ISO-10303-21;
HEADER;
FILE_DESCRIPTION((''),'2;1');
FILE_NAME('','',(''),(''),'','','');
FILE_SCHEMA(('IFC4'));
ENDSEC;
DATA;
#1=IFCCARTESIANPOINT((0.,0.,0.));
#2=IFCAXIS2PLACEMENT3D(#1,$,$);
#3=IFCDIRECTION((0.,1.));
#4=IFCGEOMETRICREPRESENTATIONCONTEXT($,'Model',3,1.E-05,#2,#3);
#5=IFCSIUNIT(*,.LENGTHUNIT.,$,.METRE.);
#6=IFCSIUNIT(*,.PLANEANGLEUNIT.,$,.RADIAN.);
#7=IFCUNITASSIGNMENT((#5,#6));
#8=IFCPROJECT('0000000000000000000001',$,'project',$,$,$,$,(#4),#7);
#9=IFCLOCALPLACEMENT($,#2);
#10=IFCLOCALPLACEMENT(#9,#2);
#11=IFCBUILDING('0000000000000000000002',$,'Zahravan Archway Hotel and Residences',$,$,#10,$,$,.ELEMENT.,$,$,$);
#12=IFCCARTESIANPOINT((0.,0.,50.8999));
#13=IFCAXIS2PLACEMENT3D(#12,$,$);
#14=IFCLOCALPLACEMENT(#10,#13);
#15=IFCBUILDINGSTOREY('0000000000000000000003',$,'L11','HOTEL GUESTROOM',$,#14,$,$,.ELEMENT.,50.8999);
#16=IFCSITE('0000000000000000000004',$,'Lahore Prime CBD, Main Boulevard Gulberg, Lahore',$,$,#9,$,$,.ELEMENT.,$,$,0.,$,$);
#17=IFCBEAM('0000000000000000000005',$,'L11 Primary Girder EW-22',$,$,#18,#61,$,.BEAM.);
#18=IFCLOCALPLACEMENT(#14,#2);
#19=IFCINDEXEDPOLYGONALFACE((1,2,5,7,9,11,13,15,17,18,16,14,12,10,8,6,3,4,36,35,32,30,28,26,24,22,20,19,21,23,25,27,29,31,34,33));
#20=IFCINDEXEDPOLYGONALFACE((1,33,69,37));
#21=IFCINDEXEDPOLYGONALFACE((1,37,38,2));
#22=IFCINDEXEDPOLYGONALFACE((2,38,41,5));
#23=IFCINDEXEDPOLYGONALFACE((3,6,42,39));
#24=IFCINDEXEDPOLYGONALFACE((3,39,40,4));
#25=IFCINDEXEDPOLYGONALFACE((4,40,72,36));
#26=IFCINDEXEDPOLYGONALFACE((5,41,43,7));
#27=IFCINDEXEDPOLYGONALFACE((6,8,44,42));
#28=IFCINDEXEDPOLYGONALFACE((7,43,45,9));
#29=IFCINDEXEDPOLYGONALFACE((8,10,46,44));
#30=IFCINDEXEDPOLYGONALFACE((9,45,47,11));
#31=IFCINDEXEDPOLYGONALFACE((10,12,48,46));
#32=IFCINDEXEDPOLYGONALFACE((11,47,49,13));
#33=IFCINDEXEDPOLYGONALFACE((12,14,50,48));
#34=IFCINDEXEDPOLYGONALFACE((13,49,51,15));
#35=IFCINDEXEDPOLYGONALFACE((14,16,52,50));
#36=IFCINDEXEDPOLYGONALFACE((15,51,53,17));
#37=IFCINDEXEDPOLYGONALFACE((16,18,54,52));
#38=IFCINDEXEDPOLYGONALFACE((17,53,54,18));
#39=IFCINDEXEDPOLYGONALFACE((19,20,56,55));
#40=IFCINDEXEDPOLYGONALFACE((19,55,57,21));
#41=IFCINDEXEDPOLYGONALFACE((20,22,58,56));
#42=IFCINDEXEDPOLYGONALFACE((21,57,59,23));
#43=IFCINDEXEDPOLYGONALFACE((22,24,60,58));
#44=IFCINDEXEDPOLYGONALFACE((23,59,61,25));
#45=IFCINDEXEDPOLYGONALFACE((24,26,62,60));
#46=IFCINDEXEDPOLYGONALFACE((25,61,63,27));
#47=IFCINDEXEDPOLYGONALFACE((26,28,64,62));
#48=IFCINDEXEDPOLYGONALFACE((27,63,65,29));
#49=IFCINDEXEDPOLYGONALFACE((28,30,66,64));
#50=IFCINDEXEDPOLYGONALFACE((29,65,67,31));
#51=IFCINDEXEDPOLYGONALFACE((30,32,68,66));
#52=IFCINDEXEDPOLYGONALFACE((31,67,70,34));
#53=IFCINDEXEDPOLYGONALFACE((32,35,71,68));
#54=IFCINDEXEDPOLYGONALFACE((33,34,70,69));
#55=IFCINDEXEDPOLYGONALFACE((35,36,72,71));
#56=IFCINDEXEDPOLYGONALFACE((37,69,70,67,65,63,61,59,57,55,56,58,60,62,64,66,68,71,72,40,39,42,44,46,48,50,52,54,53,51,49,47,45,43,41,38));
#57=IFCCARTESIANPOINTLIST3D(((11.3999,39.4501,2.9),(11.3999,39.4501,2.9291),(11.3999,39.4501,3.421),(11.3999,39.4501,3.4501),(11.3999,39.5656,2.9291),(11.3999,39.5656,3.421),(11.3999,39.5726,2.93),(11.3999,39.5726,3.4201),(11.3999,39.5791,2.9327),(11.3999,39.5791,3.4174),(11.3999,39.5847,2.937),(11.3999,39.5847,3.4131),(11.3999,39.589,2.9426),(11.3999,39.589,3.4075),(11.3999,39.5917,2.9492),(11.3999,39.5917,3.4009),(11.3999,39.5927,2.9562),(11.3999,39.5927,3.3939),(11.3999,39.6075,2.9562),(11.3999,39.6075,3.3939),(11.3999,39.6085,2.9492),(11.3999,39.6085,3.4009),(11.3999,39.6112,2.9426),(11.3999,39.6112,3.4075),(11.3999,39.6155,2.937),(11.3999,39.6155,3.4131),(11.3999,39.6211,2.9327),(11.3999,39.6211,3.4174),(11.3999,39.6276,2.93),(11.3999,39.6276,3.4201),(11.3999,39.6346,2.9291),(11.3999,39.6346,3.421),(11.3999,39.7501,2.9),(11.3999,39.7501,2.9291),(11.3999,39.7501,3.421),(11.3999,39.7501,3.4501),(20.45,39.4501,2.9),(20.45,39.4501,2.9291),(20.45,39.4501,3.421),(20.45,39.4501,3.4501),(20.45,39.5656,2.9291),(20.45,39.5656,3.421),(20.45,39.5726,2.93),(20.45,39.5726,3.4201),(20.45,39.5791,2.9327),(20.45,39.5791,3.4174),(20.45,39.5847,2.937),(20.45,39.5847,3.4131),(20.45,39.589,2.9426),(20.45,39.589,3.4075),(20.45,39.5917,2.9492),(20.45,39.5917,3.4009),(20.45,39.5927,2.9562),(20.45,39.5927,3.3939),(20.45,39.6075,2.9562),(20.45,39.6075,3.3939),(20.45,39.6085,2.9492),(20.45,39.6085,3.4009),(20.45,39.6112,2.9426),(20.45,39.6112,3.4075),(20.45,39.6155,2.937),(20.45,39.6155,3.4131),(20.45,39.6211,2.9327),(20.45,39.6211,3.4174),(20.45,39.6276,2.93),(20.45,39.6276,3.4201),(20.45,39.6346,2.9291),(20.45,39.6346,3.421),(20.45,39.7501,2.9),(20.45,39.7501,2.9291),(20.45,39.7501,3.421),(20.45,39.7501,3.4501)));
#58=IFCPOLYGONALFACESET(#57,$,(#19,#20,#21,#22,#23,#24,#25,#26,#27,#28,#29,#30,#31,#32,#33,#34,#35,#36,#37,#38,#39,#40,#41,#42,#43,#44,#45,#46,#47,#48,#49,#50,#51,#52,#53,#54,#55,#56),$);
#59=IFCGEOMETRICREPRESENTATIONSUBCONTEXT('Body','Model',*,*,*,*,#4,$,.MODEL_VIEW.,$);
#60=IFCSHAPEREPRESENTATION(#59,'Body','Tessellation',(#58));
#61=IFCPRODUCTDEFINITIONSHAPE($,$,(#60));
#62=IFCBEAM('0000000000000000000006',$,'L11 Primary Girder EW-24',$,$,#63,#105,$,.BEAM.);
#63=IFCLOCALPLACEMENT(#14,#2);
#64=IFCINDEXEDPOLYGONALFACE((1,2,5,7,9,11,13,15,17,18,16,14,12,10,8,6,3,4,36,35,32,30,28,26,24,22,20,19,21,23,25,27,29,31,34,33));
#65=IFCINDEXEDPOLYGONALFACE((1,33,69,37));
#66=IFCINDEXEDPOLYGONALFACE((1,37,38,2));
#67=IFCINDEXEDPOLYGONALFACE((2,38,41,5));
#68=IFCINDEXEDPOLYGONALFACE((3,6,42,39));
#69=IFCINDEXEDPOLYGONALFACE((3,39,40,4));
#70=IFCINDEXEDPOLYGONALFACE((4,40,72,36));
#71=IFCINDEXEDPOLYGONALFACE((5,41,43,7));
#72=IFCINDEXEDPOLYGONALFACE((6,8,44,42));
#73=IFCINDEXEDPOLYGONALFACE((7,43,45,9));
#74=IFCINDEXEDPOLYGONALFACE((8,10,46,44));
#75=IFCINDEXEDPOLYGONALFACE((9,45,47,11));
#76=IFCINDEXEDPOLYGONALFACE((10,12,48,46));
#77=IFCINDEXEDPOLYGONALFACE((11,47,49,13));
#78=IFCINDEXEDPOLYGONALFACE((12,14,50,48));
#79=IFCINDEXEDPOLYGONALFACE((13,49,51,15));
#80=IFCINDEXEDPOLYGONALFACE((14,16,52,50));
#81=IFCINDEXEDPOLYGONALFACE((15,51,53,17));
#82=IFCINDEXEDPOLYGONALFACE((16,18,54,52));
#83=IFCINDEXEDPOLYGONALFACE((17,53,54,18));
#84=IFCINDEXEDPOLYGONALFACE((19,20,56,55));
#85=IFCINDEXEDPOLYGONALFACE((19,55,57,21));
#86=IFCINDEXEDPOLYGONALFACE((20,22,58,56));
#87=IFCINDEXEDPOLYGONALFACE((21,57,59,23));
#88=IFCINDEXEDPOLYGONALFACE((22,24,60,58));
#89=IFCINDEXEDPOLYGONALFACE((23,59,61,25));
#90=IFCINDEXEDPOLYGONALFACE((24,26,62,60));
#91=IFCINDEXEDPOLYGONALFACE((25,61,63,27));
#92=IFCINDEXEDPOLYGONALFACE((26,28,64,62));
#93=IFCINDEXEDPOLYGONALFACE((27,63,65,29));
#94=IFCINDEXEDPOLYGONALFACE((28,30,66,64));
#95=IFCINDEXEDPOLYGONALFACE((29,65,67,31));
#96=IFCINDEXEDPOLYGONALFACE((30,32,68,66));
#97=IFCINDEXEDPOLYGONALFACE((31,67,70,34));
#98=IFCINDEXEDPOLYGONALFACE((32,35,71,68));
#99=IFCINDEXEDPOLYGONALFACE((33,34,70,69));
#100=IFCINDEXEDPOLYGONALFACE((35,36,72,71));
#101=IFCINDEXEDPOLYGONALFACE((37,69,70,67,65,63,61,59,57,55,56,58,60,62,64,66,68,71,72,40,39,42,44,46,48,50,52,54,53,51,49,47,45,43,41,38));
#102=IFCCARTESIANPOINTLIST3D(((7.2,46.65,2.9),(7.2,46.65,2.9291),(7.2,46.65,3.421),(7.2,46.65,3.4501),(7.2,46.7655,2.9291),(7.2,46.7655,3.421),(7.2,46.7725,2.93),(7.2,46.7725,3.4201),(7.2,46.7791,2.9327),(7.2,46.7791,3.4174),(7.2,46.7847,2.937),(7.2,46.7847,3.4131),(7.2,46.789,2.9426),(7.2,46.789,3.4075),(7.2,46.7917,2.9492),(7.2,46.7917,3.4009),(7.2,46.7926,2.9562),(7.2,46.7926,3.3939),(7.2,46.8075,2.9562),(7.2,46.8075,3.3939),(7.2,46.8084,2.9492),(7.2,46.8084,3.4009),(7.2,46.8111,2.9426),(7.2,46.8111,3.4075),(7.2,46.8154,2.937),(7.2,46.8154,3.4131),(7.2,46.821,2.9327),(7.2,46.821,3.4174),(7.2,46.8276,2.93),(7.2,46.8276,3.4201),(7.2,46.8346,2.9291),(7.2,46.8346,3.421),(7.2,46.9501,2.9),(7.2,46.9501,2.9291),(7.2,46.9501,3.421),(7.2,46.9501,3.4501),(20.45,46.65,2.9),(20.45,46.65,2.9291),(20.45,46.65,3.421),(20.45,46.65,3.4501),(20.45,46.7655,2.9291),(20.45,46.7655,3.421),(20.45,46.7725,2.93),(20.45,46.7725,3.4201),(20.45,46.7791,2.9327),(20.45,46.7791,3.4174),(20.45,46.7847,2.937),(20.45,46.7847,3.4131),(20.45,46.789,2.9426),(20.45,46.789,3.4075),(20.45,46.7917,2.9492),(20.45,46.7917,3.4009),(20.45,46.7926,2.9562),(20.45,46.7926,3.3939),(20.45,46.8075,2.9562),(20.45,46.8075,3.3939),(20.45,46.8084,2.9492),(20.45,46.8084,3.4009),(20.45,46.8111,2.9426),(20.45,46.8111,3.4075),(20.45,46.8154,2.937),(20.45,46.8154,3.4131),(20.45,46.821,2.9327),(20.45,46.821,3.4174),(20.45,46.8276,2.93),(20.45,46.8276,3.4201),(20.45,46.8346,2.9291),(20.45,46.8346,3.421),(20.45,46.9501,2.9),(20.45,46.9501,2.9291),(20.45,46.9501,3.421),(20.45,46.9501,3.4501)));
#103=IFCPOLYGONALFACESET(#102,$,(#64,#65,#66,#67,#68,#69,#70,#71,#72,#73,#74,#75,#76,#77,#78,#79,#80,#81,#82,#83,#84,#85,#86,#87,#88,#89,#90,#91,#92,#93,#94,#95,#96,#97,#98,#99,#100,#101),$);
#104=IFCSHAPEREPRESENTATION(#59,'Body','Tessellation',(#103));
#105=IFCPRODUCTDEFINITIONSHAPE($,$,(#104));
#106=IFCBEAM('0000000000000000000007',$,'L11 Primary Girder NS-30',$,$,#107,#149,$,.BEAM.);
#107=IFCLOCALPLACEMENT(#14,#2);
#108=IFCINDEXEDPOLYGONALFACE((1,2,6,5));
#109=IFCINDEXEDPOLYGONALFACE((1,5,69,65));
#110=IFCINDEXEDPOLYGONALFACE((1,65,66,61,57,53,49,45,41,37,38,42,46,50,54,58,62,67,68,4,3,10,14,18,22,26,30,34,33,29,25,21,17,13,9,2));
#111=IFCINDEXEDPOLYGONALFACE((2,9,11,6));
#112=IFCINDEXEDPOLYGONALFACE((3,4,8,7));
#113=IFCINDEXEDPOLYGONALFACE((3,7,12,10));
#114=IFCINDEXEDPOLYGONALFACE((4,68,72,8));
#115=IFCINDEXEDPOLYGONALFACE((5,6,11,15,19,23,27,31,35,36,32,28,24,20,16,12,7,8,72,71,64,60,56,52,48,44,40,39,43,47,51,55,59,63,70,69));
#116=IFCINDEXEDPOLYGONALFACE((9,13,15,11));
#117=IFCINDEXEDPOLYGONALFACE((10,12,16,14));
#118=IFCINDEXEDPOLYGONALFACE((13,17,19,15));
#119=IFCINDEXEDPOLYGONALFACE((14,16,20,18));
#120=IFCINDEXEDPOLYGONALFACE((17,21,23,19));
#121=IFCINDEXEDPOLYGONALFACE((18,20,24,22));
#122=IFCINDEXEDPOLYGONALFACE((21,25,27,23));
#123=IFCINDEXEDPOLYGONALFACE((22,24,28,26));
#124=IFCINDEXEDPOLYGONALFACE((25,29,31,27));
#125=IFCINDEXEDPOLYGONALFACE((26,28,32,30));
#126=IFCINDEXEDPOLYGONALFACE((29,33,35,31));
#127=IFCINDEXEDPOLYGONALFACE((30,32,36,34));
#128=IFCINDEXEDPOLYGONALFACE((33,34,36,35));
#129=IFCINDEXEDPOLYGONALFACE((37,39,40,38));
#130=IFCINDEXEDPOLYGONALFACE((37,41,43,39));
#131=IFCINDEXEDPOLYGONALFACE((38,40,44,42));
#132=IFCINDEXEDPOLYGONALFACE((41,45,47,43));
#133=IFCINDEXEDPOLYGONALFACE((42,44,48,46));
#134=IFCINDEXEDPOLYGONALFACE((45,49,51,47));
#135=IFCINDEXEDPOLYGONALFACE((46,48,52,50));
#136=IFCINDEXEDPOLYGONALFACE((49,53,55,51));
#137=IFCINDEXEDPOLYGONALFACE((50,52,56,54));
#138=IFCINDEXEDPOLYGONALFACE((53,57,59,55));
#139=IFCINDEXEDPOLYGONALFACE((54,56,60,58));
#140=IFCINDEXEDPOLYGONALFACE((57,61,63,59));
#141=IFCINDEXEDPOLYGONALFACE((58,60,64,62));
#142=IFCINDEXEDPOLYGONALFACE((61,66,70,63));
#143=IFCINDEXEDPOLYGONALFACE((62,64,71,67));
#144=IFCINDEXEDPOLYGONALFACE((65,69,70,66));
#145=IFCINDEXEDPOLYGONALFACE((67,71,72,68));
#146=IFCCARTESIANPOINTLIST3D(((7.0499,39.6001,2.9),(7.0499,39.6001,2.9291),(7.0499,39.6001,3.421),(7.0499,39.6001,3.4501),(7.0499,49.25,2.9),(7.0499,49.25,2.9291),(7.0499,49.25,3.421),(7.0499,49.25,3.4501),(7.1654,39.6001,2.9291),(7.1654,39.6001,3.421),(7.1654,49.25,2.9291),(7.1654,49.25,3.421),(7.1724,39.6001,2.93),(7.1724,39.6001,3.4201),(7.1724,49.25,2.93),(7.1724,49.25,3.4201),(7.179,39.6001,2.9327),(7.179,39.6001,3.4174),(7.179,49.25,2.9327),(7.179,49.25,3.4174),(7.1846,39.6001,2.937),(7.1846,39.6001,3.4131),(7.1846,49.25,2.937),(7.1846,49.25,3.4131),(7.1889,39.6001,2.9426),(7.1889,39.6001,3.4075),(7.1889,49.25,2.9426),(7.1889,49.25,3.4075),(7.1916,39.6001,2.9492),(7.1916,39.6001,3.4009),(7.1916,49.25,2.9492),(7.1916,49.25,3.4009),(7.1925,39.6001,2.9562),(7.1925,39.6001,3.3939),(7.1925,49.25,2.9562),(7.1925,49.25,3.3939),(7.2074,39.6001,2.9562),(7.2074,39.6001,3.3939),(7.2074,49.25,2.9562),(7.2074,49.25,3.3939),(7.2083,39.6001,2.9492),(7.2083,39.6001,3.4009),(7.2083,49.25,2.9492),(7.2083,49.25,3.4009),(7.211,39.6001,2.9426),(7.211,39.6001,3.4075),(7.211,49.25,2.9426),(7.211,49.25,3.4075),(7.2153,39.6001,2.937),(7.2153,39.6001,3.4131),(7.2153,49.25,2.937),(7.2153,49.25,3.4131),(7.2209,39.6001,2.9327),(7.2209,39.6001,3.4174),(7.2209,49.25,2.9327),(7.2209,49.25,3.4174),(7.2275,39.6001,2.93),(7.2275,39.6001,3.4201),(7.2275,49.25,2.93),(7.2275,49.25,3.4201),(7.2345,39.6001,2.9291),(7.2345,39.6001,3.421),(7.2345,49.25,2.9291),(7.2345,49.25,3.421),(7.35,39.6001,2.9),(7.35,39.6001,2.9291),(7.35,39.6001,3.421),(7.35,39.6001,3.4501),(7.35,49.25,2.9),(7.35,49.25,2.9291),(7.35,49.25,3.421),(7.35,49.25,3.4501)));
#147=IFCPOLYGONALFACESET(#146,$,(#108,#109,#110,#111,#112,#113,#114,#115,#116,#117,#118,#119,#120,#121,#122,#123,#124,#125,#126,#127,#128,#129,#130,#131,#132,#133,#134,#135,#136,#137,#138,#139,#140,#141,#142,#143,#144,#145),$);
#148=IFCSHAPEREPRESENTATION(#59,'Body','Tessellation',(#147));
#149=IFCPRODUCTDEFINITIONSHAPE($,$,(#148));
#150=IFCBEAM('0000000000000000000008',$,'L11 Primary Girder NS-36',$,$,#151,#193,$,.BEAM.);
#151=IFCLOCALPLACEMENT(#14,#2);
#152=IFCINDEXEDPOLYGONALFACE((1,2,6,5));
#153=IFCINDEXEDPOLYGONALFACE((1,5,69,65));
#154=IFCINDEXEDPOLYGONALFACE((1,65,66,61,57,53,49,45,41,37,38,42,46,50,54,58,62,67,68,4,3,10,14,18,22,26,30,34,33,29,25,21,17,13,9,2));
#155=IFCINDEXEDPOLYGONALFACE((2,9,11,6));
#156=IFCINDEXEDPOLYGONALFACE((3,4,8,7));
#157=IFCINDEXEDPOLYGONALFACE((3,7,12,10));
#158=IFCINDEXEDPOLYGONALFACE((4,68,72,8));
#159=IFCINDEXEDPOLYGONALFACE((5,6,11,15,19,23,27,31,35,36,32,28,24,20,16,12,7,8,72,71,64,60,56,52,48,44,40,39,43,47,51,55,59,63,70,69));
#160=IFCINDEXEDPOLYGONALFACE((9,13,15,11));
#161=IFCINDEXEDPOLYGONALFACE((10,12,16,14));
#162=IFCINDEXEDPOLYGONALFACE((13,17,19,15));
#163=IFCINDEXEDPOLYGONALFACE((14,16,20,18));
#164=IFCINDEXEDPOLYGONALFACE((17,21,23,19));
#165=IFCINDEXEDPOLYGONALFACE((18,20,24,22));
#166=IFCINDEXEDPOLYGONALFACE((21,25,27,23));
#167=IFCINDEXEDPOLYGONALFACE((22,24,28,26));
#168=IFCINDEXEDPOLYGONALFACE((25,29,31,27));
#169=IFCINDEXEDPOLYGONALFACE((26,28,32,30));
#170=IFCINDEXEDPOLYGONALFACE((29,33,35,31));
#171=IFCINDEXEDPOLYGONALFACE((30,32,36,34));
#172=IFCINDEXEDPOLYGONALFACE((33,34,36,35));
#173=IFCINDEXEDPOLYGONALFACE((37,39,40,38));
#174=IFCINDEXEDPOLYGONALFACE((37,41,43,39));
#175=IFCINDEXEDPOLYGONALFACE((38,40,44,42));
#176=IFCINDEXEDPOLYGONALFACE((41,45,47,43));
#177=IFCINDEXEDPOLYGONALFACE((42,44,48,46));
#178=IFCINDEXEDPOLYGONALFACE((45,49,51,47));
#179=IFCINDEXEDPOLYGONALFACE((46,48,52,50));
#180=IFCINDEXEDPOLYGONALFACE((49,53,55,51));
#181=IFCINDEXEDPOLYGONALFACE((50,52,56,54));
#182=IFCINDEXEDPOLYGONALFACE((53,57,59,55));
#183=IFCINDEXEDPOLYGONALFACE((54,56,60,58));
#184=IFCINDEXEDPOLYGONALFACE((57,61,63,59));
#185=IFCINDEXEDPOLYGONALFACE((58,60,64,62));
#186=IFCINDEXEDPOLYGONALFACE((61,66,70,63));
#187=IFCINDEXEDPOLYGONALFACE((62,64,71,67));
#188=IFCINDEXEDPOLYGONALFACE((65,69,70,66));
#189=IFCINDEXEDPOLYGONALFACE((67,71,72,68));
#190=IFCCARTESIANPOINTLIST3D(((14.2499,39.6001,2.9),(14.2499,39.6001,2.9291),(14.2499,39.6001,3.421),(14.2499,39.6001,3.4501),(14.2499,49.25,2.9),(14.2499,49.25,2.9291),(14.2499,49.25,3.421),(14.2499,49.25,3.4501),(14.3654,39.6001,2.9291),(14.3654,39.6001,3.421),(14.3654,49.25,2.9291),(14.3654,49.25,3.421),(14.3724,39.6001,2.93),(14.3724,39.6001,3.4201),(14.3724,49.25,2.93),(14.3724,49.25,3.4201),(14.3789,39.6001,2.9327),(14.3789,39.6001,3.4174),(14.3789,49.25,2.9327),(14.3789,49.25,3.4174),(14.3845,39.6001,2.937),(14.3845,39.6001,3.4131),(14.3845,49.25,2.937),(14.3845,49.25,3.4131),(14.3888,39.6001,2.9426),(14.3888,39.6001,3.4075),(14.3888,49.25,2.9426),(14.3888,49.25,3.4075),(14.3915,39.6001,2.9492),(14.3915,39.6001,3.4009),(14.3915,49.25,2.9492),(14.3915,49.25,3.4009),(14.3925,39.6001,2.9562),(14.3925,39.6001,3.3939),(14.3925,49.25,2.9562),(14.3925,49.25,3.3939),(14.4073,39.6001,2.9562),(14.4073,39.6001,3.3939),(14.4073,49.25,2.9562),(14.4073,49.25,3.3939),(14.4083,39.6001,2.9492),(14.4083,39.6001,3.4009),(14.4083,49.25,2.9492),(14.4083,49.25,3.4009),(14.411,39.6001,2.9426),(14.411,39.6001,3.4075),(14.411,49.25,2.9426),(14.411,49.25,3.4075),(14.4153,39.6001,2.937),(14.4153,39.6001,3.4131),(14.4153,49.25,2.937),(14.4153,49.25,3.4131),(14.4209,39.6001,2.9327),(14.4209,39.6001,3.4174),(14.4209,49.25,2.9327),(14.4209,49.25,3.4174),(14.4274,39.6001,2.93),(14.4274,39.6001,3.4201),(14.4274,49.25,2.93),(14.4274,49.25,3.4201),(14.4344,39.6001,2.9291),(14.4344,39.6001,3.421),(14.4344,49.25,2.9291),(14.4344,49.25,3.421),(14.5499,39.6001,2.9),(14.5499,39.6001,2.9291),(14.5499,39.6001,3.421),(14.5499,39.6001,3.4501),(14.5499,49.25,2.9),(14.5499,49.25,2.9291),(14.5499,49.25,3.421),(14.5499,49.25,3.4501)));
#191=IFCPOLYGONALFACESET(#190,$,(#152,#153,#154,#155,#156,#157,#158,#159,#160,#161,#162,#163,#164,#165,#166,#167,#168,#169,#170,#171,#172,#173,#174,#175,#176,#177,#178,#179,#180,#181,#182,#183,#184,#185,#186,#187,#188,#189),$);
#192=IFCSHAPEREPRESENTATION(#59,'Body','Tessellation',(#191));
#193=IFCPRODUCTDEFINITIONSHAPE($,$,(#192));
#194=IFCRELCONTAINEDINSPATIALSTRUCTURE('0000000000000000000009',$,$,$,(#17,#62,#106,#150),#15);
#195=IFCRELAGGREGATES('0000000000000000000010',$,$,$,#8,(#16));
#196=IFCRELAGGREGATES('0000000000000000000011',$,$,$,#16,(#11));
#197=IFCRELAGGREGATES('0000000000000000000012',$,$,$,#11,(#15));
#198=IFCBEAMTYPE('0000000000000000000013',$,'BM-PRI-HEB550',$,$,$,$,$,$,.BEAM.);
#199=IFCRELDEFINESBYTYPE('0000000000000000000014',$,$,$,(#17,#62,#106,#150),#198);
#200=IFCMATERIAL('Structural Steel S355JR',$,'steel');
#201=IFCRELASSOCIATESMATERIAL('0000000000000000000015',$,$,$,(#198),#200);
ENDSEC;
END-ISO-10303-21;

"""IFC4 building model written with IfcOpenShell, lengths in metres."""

from ifc_helpers import new_model, si_unit, direction, frame, origin, origin_2d, place, context, subcontext, project, spatial, i_section, extrude, source, transform, mapped, material, material_profile, profile_set, type_object, element, save


model = new_model("IFC4")

# Units and contexts
model_context = context("Model", 3, precision=1e-05, world=origin(), true_north=direction((0.0, 1.0)))
body_context = subcontext(model_context, "Body", "Model", "MODEL_VIEW")
ifc_project = project(units=[si_unit("LENGTHUNIT", "METRE"), si_unit("PLANEANGLEUNIT", "RADIAN")], contexts=[model_context])

# Site, building, storey
site_placement = place(None, origin())
site = spatial("IfcSite", under=ifc_project, at=site_placement, Name="Lahore Prime CBD, Main Boulevard Gulberg, Lahore", CompositionType="ELEMENT", RefElevation=0.0)
building_placement = place(site_placement, origin())
building = spatial("IfcBuilding", under=site, at=building_placement, Name="Zahravan Archway Hotel and Residences", CompositionType="ELEMENT")
storey_placement = place(building_placement, frame((0.0, 0.0, 50.8999)))
storey = spatial("IfcBuildingStorey", under=building, at=storey_placement, Name="L11", Description="HOTEL GUESTROOM", CompositionType="ELEMENT", Elevation=50.8999)

# Beams
ifc_material_1 = material(Name="Structural Steel S355JR", Category="steel")
ifc_material_profile_1 = material_profile(ifc_material_1, i_section(OverallWidth=0.3, OverallDepth=0.55, WebThickness=0.0149, FlangeThickness=0.0291, FilletRadius=0.0271, at=origin_2d()), Name="HEB 550", Category="steel")
ifc_profile_set_1 = profile_set([ifc_material_profile_1], Name="Structural Steel S355JR")
beam_type_1 = type_object("IfcBeamType", Name="BM-PRI-HEB550", PredefinedType="BEAM", material=ifc_profile_set_1)
shared_shape_1 = source(origin(), body_context, "Body", "SweptSolid", [
    extrude(i_section(OverallWidth=0.3, OverallDepth=0.55, WebThickness=0.0149, FlangeThickness=0.0291, FilletRadius=0.0271, at=origin_2d()), origin(), (0.0, 0.0, 1.0), 9.05),
])
beam_1_placement = place(storey_placement, frame((11.3999, 39.6001, 3.175), z_axis=(1.0, 0.0, 0.0), x_axis=(0.0, 1.0, 0.0)))
element("IfcBeam", 1, at=beam_1_placement, inside=storey, type_object=beam_type_1, Name="L11 Primary Girder EW-22", PredefinedType="BEAM", context=body_context, shape_type="MappedRepresentation", body=[
    mapped(shared_shape_1, transform((0.0, 0.0, 0.0), scale=1.0)),
])
shared_shape_2 = source(origin(), body_context, "Body", "SweptSolid", [
    extrude(i_section(OverallWidth=0.3, OverallDepth=0.55, WebThickness=0.0149, FlangeThickness=0.0291, FilletRadius=0.0271, at=origin_2d()), origin(), (0.0, 0.0, 1.0), 13.25),
])
beam_2_placement = place(storey_placement, frame((7.2, 46.8, 3.175), z_axis=(1.0, 0.0, 0.0), x_axis=(0.0, 1.0, 0.0)))
element("IfcBeam", 2, at=beam_2_placement, inside=storey, type_object=beam_type_1, Name="L11 Primary Girder EW-24", PredefinedType="BEAM", context=body_context, shape_type="MappedRepresentation", body=[
    mapped(shared_shape_2, transform((0.0, 0.0, 0.0), scale=1.0)),
])
shared_shape_3 = source(origin(), body_context, "Body", "SweptSolid", [
    extrude(i_section(OverallWidth=0.3, OverallDepth=0.55, WebThickness=0.0149, FlangeThickness=0.0291, FilletRadius=0.0271, at=origin_2d()), origin(), (0.0, 0.0, 1.0), 9.6499),
])
for number, where, z_axis, x_axis, name in (
    (3, (7.2, 39.6001, 3.175), (0.0, 1.0, 0.0), (-1.0, 0.0, 0.0), "L11 Primary Girder NS-30"),
    (4, (14.3999, 39.6001, 3.175), (0.0, 1.0, 0.0), (-1.0, 0.0, 0.0), "L11 Primary Girder NS-36"),
):
    element("IfcBeam", number, at=place(storey_placement, frame(where, z_axis=z_axis, x_axis=x_axis)), inside=storey, type_object=beam_type_1, Name=name, PredefinedType="BEAM", context=body_context, shape_type="MappedRepresentation", body=[
        mapped(shared_shape_3, transform((0.0, 0.0, 0.0), scale=1.0)),
    ])

save(model, "model.ifc")
